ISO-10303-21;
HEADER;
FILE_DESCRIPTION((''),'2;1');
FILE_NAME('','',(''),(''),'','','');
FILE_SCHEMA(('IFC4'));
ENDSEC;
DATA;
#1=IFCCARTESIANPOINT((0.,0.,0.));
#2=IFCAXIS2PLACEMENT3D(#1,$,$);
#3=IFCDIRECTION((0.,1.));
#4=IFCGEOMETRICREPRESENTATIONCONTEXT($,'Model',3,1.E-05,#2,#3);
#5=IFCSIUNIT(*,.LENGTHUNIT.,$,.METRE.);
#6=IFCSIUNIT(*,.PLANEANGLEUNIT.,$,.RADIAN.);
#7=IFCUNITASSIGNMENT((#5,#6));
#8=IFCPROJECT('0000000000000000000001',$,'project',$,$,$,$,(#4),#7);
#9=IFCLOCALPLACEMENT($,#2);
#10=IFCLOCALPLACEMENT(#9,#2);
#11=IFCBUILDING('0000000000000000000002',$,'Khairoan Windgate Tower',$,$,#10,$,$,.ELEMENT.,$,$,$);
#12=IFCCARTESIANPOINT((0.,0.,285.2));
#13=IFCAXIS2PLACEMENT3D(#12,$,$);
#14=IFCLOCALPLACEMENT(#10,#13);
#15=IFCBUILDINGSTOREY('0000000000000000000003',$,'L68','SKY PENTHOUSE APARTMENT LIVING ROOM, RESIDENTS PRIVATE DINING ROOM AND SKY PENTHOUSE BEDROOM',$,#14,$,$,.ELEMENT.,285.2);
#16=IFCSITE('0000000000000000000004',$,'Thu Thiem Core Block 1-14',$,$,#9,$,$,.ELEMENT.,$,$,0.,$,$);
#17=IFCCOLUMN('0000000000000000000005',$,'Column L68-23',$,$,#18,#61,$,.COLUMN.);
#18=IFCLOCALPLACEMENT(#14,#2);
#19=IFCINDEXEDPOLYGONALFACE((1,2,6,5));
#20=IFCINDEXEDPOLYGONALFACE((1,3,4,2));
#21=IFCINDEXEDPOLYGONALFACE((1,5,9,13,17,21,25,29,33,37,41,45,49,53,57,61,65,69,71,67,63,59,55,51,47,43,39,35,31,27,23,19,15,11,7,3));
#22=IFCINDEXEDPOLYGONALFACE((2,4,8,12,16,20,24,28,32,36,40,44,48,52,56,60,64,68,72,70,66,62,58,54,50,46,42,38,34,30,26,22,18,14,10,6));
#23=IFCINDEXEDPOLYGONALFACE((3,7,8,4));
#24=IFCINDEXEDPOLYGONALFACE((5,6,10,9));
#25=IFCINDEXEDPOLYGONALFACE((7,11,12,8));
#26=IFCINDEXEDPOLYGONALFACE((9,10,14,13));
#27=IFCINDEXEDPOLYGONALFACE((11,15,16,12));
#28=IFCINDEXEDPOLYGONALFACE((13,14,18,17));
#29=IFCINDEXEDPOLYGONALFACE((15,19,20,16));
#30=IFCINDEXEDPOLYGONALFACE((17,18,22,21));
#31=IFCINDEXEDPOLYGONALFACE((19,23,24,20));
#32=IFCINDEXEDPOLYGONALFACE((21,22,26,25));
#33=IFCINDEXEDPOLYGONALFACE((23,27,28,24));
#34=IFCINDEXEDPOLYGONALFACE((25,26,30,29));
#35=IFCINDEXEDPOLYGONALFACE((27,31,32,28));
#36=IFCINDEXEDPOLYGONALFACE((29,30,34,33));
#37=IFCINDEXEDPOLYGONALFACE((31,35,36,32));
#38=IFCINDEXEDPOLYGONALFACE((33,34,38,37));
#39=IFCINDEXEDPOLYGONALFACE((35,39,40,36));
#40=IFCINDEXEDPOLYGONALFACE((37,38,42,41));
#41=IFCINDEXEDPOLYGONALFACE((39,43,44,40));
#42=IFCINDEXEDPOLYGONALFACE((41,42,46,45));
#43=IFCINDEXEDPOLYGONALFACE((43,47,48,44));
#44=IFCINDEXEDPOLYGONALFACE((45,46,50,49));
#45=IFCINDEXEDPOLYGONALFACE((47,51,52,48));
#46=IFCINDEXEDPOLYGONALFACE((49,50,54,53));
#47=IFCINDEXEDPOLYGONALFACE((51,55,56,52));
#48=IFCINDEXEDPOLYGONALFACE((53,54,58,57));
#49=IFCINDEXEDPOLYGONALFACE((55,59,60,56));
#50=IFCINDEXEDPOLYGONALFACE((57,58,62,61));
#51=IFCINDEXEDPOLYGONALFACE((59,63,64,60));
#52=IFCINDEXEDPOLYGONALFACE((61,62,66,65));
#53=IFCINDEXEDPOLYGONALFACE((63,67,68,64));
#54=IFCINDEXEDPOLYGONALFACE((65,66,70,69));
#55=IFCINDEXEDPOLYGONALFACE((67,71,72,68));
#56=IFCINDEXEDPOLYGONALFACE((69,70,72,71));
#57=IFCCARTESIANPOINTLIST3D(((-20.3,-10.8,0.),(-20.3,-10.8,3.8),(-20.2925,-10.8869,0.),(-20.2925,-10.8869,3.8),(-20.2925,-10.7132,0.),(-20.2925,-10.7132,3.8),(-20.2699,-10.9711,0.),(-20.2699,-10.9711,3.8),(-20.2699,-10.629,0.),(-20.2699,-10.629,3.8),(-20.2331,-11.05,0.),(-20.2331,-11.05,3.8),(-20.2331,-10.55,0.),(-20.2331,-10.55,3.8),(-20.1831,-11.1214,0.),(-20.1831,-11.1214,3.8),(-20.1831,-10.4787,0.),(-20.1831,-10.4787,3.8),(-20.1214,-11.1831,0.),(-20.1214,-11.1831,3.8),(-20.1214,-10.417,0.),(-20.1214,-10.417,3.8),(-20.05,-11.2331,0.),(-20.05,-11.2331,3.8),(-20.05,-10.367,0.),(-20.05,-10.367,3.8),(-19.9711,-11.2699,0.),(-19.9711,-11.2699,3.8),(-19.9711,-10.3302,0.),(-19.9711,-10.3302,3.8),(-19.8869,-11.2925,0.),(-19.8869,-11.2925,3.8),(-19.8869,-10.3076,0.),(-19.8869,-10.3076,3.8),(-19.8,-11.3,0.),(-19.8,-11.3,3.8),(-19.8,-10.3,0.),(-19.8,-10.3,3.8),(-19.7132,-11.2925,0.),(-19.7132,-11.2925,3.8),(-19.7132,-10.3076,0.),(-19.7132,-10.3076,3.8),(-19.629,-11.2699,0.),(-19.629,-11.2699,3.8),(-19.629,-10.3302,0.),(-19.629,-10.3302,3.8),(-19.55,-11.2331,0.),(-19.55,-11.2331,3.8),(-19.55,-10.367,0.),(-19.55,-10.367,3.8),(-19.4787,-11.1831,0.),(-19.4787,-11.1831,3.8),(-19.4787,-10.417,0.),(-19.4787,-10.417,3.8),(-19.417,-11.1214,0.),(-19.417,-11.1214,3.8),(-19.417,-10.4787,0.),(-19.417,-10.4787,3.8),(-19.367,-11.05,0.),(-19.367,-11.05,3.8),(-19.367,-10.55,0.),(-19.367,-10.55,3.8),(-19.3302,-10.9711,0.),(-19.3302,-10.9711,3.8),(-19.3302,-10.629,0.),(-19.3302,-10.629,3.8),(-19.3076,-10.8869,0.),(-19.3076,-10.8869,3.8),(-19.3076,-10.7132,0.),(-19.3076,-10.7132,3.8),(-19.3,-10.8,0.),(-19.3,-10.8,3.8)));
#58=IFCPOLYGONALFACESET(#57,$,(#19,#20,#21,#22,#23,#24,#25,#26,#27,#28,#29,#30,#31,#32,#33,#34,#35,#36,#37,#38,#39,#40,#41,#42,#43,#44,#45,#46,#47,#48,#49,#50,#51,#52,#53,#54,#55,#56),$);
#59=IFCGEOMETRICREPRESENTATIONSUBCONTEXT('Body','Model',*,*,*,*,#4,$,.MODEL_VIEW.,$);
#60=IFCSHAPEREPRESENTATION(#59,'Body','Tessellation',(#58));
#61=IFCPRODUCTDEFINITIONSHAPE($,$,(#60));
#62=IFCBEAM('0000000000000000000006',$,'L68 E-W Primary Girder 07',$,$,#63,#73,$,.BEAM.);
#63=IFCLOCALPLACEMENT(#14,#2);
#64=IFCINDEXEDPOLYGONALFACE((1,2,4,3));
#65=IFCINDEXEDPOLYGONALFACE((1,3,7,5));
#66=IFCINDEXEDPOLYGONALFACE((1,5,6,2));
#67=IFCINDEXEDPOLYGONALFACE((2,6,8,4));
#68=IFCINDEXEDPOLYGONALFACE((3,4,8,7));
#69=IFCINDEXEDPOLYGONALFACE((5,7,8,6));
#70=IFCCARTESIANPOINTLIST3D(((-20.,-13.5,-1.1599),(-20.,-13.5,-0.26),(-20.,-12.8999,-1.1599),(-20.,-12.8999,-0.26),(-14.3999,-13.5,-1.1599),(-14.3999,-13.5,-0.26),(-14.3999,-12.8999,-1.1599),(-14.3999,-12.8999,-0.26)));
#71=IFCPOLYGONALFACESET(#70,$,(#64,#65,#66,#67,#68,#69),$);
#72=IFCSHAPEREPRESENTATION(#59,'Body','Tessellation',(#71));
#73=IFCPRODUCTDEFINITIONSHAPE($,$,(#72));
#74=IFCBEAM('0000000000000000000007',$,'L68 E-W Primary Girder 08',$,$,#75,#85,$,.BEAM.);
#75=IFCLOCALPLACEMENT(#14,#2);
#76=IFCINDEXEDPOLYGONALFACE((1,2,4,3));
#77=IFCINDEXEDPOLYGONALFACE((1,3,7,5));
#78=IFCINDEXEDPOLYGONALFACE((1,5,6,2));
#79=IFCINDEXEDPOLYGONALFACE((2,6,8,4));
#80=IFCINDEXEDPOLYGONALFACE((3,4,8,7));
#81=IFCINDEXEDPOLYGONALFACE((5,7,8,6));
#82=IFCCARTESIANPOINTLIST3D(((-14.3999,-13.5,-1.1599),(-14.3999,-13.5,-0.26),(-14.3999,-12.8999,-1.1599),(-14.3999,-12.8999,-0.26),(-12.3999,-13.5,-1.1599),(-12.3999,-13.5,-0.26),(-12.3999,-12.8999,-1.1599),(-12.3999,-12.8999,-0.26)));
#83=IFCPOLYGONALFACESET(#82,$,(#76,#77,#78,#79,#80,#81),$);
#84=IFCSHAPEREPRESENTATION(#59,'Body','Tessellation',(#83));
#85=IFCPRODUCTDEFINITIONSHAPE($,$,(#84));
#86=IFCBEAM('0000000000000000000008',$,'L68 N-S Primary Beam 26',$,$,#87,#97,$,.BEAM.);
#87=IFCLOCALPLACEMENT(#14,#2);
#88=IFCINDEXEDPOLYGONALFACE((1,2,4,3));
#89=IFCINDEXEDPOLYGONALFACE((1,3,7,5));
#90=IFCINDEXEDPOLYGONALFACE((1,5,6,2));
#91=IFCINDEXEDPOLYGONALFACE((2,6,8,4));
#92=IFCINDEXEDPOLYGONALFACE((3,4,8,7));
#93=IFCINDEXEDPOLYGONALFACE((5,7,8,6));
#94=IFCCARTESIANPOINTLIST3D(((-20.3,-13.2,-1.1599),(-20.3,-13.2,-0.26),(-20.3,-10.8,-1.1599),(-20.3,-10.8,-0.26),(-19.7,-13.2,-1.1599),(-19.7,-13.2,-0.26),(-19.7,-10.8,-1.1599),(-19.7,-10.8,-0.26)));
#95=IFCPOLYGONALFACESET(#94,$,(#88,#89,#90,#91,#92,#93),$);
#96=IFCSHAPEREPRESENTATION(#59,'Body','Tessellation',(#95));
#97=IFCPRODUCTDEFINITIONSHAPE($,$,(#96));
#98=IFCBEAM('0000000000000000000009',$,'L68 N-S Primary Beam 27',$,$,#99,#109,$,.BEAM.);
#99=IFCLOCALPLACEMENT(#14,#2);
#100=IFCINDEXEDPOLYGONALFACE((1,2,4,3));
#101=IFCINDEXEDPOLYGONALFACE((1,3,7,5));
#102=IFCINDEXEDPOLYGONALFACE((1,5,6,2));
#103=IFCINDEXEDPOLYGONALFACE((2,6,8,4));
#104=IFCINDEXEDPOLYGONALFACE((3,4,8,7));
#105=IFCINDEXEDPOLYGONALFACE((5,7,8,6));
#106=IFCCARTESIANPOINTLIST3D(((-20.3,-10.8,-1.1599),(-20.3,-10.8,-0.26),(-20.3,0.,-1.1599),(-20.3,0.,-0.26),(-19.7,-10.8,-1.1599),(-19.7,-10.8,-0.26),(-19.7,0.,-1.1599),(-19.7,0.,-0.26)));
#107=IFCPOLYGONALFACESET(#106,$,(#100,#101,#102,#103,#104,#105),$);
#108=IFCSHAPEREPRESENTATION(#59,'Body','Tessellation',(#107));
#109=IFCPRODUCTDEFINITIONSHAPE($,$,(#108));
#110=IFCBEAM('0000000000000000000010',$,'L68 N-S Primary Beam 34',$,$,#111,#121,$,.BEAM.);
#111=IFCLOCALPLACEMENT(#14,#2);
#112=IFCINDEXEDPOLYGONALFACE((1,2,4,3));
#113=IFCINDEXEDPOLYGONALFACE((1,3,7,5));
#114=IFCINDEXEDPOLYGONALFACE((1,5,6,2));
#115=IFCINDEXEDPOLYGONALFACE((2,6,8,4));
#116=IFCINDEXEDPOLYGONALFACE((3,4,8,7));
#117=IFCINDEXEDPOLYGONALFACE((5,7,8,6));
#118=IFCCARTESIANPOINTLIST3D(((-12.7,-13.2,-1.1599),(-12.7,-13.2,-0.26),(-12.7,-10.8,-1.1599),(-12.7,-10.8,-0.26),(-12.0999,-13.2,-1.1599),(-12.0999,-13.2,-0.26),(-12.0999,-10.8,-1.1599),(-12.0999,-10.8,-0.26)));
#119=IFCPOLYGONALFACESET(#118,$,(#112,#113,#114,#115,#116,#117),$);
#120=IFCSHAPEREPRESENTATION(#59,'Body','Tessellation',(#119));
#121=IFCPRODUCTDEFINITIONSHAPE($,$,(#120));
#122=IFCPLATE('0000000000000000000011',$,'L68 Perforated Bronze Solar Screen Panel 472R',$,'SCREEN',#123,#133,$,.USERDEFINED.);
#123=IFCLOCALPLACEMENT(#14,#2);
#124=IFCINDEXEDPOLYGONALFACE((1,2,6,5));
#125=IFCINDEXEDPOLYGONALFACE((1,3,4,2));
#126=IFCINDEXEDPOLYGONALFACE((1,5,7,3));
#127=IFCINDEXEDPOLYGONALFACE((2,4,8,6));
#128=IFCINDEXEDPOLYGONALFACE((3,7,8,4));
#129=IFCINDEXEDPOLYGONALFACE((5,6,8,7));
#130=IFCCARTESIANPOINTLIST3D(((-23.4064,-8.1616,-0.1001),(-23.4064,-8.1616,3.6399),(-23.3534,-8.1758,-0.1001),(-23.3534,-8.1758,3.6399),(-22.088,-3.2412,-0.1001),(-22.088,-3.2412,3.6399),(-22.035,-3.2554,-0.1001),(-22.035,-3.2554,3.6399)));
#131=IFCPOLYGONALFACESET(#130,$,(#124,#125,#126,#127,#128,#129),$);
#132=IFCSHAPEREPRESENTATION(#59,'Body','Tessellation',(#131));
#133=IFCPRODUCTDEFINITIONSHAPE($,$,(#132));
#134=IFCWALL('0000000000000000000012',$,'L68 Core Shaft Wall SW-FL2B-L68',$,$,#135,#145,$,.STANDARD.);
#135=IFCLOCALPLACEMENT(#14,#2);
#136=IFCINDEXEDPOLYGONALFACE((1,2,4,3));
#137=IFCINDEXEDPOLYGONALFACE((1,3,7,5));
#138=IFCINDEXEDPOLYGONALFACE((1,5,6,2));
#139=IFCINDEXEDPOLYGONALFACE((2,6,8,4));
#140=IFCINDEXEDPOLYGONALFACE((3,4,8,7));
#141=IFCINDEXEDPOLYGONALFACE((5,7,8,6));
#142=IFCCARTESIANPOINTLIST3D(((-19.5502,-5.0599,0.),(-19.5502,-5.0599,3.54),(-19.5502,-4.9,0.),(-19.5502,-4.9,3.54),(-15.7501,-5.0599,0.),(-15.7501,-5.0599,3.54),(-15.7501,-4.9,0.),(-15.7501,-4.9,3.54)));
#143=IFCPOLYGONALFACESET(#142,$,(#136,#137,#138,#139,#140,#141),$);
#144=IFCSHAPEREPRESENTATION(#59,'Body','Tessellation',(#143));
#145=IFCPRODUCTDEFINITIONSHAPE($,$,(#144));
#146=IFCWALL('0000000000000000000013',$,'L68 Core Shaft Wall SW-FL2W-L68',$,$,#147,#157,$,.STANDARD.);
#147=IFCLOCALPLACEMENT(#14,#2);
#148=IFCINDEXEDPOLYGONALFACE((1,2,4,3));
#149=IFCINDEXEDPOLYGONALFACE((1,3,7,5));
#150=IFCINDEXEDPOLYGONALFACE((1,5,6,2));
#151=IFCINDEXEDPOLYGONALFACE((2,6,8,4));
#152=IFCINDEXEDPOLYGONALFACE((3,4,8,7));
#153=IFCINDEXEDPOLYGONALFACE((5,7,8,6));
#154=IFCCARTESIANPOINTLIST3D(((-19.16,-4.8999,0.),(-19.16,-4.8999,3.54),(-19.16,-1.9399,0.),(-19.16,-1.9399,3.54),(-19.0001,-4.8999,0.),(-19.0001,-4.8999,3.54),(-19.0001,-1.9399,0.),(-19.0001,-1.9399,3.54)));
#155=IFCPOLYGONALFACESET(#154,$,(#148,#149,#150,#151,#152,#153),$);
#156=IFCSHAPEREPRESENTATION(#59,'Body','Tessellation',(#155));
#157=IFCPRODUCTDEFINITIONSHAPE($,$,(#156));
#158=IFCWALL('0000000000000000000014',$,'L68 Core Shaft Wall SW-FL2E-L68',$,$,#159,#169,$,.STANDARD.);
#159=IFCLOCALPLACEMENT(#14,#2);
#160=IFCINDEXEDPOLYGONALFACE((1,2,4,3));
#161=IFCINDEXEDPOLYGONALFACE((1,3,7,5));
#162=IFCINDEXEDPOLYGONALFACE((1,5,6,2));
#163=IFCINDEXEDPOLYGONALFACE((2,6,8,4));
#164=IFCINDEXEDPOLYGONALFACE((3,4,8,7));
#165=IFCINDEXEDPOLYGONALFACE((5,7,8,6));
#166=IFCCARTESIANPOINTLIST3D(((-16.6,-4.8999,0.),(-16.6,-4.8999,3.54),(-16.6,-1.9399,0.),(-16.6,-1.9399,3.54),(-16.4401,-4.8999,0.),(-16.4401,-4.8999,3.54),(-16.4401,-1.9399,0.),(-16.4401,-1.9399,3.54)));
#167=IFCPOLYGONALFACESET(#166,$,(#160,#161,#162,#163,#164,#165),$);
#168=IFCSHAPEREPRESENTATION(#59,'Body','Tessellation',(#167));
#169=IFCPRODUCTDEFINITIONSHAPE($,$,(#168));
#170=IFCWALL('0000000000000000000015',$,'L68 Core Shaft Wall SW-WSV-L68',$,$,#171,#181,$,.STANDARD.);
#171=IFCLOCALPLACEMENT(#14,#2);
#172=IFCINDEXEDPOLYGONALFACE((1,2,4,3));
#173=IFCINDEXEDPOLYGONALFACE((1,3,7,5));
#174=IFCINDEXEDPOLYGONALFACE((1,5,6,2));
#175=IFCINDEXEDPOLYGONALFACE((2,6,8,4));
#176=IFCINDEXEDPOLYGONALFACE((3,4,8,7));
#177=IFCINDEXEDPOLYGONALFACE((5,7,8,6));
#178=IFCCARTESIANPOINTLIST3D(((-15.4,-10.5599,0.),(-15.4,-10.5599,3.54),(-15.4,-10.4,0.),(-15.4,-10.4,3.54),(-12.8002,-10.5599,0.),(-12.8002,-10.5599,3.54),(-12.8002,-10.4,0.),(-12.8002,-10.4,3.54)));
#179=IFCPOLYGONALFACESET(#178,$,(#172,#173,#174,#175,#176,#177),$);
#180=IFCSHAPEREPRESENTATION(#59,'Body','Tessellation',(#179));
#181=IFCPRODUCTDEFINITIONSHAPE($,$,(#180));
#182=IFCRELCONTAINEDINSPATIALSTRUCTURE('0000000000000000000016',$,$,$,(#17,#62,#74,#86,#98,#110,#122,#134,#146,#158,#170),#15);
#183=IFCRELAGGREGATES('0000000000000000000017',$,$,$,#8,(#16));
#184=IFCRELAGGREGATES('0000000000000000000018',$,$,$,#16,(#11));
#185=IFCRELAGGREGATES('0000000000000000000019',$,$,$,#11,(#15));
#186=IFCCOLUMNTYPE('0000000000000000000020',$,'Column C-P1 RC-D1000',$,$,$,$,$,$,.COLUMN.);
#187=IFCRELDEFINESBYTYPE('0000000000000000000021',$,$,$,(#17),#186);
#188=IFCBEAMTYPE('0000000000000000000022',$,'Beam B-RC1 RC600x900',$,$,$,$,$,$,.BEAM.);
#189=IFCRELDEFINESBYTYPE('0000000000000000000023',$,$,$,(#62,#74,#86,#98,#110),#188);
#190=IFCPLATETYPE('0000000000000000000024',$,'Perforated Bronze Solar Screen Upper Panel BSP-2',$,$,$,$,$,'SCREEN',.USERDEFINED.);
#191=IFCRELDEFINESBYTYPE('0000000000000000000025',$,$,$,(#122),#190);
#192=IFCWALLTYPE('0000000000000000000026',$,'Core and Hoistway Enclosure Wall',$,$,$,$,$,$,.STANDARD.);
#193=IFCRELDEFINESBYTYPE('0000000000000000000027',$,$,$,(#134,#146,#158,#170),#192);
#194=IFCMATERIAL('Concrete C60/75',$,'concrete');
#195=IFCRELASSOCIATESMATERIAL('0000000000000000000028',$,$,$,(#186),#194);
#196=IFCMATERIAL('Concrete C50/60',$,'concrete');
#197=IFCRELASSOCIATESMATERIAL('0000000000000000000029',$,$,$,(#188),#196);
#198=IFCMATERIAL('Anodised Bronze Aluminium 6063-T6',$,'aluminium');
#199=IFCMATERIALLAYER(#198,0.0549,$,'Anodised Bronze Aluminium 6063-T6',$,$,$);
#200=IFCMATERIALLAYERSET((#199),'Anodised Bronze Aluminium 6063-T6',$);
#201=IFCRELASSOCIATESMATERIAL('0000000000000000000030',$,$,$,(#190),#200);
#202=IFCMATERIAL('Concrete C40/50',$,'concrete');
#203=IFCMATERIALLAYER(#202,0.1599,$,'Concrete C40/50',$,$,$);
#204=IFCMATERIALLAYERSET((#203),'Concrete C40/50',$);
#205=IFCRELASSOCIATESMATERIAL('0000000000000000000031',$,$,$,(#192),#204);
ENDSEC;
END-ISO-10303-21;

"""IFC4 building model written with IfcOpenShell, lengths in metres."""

from ifc_helpers import new_model, si_unit, direction, frame, frame_2d, origin, origin_2d, place, context, subcontext, project, spatial, rectangle, circle, extrude, material, layer, layer_set, material_profile, profile_set, type_object, element, save


model = new_model("IFC4")

# Units and contexts
model_context = context("Model", 3, precision=1e-05, world=origin(), true_north=direction((0.0, 1.0)))
body_context = subcontext(model_context, "Body", "Model", "MODEL_VIEW")
ifc_project = project(units=[si_unit("LENGTHUNIT", "METRE"), si_unit("PLANEANGLEUNIT", "RADIAN")], contexts=[model_context])

# Site, building, storey
site_placement = place(None, origin())
site = spatial("IfcSite", under=ifc_project, at=site_placement, Name="Thu Thiem Core Block 1-14", CompositionType="ELEMENT", RefElevation=0.0)
building_placement = place(site_placement, origin())
building = spatial("IfcBuilding", under=site, at=building_placement, Name="Khairoan Windgate Tower", CompositionType="ELEMENT")
storey_placement = place(building_placement, frame((0.0, 0.0, 285.2)))
storey = spatial("IfcBuildingStorey", under=building, at=storey_placement, Name="L68", Description="SKY PENTHOUSE APARTMENT LIVING ROOM, RESIDENTS PRIVATE DINING ROOM AND SKY PENTHOUSE BEDROOM", CompositionType="ELEMENT", Elevation=285.2)

# Column
ifc_material_1 = material(Name="Concrete C60/75", Category="concrete")
ifc_material_profile_1 = material_profile(ifc_material_1, circle(Radius=0.5, at=origin_2d()))
ifc_profile_set_1 = profile_set([ifc_material_profile_1], Name="Concrete C60/75")
column_type = type_object("IfcColumnType", Name="Column C-P1 RC-D1000", PredefinedType="COLUMN", material=ifc_profile_set_1)
column_placement = place(storey_placement, frame((-19.8, -10.8, 0.0), z_axis=(0.0, 0.0, 1.0), x_axis=(1.0, 0.0, 0.0)))
element("IfcColumn", 1, at=column_placement, inside=storey, type_object=column_type, Name="Column L68-23", PredefinedType="COLUMN", context=body_context, shape_type="SweptSolid", body=[
    extrude(circle(Radius=0.5, at=origin_2d()), origin(), (0.0, 0.0, 1.0), 3.8),
])

# Beams
ifc_material_2 = material(Name="Concrete C50/60", Category="concrete")
ifc_material_profile_2 = material_profile(ifc_material_2, rectangle(XDim=0.6001, YDim=0.8999, at=origin_2d()))
ifc_profile_set_2 = profile_set([ifc_material_profile_2], Name="Concrete C50/60")
beam_type = type_object("IfcBeamType", Name="Beam B-RC1 RC600x900", PredefinedType="BEAM", material=ifc_profile_set_2)
beam_1_placement = place(storey_placement, frame((-20.0, -13.2, -0.71), z_axis=(1.0, 0.0, 0.0), x_axis=(0.0, 1.0, 0.0)))
element("IfcBeam", 2, at=beam_1_placement, inside=storey, type_object=beam_type, Name="L68 E-W Primary Girder 07", PredefinedType="BEAM", context=body_context, shape_type="SweptSolid", body=[
    extrude(rectangle(XDim=0.6001, YDim=0.8999, at=origin_2d()), origin(), (0.0, 0.0, 1.0), 5.6001),
])
beam_2_placement = place(storey_placement, frame((-14.3999, -13.2, -0.71), z_axis=(1.0, 0.0, 0.0), x_axis=(0.0, 1.0, 0.0)))
element("IfcBeam", 3, at=beam_2_placement, inside=storey, type_object=beam_type, Name="L68 E-W Primary Girder 08", PredefinedType="BEAM", context=body_context, shape_type="SweptSolid", body=[
    extrude(rectangle(XDim=0.6001, YDim=0.8999, at=origin_2d()), origin(), (0.0, 0.0, 1.0), 2.0),
])
beam_3_placement = place(storey_placement, frame((-20.0, -13.2, -0.71), z_axis=(0.0, 1.0, 0.0), x_axis=(-1.0, 0.0, 0.0)))
element("IfcBeam", 4, at=beam_3_placement, inside=storey, type_object=beam_type, Name="L68 N-S Primary Beam 26", PredefinedType="BEAM", context=body_context, shape_type="SweptSolid", body=[
    extrude(rectangle(XDim=0.6001, YDim=0.8999, at=origin_2d()), origin(), (0.0, 0.0, 1.0), 2.3999),
])
beam_4_placement = place(storey_placement, frame((-20.0, -10.8, -0.71), z_axis=(0.0, 1.0, 0.0), x_axis=(-1.0, 0.0, 0.0)))
element("IfcBeam", 5, at=beam_4_placement, inside=storey, type_object=beam_type, Name="L68 N-S Primary Beam 27", PredefinedType="BEAM", context=body_context, shape_type="SweptSolid", body=[
    extrude(rectangle(XDim=0.6001, YDim=0.8999, at=origin_2d()), origin(), (0.0, 0.0, 1.0), 10.8),
])
beam_5_placement = place(storey_placement, frame((-12.3999, -13.2, -0.71), z_axis=(0.0, 1.0, 0.0), x_axis=(-1.0, 0.0, 0.0)))
element("IfcBeam", 6, at=beam_5_placement, inside=storey, type_object=beam_type, Name="L68 N-S Primary Beam 34", PredefinedType="BEAM", context=body_context, shape_type="SweptSolid", body=[
    extrude(rectangle(XDim=0.6001, YDim=0.8999, at=origin_2d()), origin(), (0.0, 0.0, 1.0), 2.3999),
])

# Plate
ifc_material_3 = material(Name="Anodised Bronze Aluminium 6063-T6", Category="aluminium")
ifc_layer_1 = layer(ifc_material_3, 0.0549, Name="Anodised Bronze Aluminium 6063-T6")
ifc_layer_set_1 = layer_set([ifc_layer_1], Name="Anodised Bronze Aluminium 6063-T6")
plate_type = type_object("IfcPlateType", Name="Perforated Bronze Solar Screen Upper Panel BSP-2", ElementType="SCREEN", PredefinedType="USERDEFINED", material=ifc_layer_set_1)
plate_placement = place(storey_placement, frame((-22.7207, -5.7085, -0.1001), z_axis=(0.0, 0.0, 1.0), x_axis=(0.258819, 0.965926, 0.0)))
element("IfcPlate", 7, at=plate_placement, inside=storey, type_object=plate_type, Name="L68 Perforated Bronze Solar Screen Panel 472R", ObjectType="SCREEN", PredefinedType="USERDEFINED", context=body_context, shape_type="SweptSolid", body=[
    extrude(rectangle(XDim=5.094, YDim=0.0549, at=origin_2d()), origin(), (0.0, 0.0, 1.0), 3.74),
])

# Walls
ifc_material_4 = material(Name="Concrete C40/50", Category="concrete")
ifc_layer_2 = layer(ifc_material_4, 0.1599, Name="Concrete C40/50")
ifc_layer_set_2 = layer_set([ifc_layer_2], Name="Concrete C40/50")
wall_type_1 = type_object("IfcWallType", Name="Core and Hoistway Enclosure Wall", PredefinedType="STANDARD", material=ifc_layer_set_2)
wall_1_placement = place(storey_placement, frame((-19.55, -4.98, 0.0), z_axis=(0.0, 0.0, 1.0), x_axis=(1.0, 0.0, 0.0)))
element("IfcWall", 8, at=wall_1_placement, inside=storey, type_object=wall_type_1, Name="L68 Core Shaft Wall SW-FL2B-L68", PredefinedType="STANDARD", context=body_context, shape_type="SweptSolid", body=[
    extrude(rectangle(XDim=3.8, YDim=0.1599, at=frame_2d((1.8999, 0.0))), origin(), (0.0, 0.0, 1.0), 3.54),
])
for number, where, z_axis, x_axis, name in (
    (9, (-19.0801, -4.8999, 0.0), (0.0, 0.0, 1.0), (0.0, 1.0, 0.0), "L68 Core Shaft Wall SW-FL2W-L68"),
    (10, (-16.52, -4.8999, 0.0), (0.0, 0.0, 1.0), (0.0, 1.0, 0.0), "L68 Core Shaft Wall SW-FL2E-L68"),
):
    element("IfcWall", number, at=place(storey_placement, frame(where, z_axis=z_axis, x_axis=x_axis)), inside=storey, type_object=wall_type_1, Name=name, PredefinedType="STANDARD", context=body_context, shape_type="SweptSolid", body=[
        extrude(rectangle(XDim=2.96, YDim=0.1599, at=frame_2d((1.48, 0.0))), origin(), (0.0, 0.0, 1.0), 3.54),
    ])
wall_2_placement = place(storey_placement, frame((-15.3999, -10.48, 0.0), z_axis=(0.0, 0.0, 1.0), x_axis=(1.0, 0.0, 0.0)))
element("IfcWall", 11, at=wall_2_placement, inside=storey, type_object=wall_type_1, Name="L68 Core Shaft Wall SW-WSV-L68", PredefinedType="STANDARD", context=body_context, shape_type="SweptSolid", body=[
    extrude(rectangle(XDim=2.5999, YDim=0.1599, at=frame_2d((1.2998, 0.0))), origin(), (0.0, 0.0, 1.0), 3.54),
])

save(model, "model.ifc")
